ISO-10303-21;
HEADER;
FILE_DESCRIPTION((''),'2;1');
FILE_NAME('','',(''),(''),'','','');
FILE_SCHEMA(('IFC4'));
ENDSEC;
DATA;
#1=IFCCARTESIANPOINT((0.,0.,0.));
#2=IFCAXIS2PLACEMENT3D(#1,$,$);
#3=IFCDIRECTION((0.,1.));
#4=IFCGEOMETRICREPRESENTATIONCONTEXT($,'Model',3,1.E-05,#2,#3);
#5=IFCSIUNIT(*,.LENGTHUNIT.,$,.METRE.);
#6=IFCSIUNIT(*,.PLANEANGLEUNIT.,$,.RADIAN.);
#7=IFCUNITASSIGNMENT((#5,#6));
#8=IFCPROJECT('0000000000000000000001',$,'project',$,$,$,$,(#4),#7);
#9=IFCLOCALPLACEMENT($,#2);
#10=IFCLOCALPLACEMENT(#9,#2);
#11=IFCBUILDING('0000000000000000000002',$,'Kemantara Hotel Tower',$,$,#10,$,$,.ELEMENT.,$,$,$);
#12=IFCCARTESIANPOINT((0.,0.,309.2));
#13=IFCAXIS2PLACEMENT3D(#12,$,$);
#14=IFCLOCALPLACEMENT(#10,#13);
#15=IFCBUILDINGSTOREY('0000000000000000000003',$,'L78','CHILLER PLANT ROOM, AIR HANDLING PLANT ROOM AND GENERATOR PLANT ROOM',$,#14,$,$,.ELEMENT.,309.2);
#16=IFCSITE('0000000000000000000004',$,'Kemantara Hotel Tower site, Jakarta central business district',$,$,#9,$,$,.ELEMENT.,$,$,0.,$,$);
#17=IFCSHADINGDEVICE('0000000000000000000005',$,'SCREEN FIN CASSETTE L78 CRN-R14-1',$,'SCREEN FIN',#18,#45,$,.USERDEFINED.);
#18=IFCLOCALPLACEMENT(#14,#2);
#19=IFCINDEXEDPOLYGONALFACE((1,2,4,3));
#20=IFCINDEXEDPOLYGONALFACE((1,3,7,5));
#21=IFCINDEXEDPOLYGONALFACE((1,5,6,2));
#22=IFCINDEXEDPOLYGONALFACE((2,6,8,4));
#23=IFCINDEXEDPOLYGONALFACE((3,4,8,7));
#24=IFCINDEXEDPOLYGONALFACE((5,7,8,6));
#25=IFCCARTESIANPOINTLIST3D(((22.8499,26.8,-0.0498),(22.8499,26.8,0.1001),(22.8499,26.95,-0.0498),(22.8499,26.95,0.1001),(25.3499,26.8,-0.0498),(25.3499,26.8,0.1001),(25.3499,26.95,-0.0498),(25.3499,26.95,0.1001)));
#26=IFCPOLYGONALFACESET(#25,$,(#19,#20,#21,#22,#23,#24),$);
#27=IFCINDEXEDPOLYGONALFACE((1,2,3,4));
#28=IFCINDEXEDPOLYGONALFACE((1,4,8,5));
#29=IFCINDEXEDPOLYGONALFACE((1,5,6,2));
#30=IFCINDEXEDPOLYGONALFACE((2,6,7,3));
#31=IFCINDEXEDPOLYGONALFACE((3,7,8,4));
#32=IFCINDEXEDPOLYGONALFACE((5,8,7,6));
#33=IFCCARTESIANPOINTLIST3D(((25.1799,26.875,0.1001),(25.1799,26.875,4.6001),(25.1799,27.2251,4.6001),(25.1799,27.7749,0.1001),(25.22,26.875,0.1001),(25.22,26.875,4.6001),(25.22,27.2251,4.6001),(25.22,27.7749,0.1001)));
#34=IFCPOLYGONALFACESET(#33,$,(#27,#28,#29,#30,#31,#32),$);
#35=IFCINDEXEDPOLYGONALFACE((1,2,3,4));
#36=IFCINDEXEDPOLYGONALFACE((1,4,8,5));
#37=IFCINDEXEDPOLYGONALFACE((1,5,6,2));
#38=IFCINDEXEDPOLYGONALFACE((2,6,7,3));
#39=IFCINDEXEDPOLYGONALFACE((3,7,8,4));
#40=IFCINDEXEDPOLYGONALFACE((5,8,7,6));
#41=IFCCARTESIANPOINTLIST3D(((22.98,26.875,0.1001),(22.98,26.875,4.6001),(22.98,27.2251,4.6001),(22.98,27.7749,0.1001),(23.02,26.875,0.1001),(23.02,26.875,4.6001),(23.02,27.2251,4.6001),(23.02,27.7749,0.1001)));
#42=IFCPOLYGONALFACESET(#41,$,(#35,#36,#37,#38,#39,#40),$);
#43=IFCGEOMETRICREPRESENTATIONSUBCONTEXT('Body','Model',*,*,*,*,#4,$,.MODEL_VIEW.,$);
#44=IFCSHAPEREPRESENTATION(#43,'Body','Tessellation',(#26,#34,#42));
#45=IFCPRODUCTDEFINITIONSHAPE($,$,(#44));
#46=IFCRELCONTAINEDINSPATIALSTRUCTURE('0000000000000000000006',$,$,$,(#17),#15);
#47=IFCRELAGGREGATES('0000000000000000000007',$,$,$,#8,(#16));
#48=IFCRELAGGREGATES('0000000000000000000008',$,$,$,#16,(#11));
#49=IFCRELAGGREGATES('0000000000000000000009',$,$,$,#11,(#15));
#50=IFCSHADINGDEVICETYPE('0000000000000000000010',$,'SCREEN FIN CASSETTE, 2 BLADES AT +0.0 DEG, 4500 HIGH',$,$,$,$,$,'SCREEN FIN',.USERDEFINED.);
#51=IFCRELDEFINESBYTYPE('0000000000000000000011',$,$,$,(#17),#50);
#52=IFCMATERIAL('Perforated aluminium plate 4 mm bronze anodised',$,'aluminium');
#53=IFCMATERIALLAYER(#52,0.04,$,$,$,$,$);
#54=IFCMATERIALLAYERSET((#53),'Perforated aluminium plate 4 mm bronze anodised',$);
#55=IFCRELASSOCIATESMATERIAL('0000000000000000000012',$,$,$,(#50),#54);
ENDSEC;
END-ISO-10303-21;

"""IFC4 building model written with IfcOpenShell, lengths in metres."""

from ifc_helpers import new_model, si_unit, direction, frame, origin, origin_2d, place, context, subcontext, project, spatial, polyline, rectangle, outline, extrude, source, transform, mapped, material, layer, layer_set, type_object, element, save


model = new_model("IFC4")

# Units and contexts
model_context = context("Model", 3, precision=1e-05, world=origin(), true_north=direction((0.0, 1.0)))
body_context = subcontext(model_context, "Body", "Model", "MODEL_VIEW")
ifc_project = project(units=[si_unit("LENGTHUNIT", "METRE"), si_unit("PLANEANGLEUNIT", "RADIAN")], contexts=[model_context])

# Site, building, storey
site_placement = place(None, origin())
site = spatial("IfcSite", under=ifc_project, at=site_placement, Name="Kemantara Hotel Tower site, Jakarta central business district", CompositionType="ELEMENT", RefElevation=0.0)
building_placement = place(site_placement, origin())
building = spatial("IfcBuilding", under=site, at=building_placement, Name="Kemantara Hotel Tower", CompositionType="ELEMENT")
storey_placement = place(building_placement, frame((0.0, 0.0, 309.2)))
storey = spatial("IfcBuildingStorey", under=building, at=storey_placement, Name="L78", Description="CHILLER PLANT ROOM, AIR HANDLING PLANT ROOM AND GENERATOR PLANT ROOM", CompositionType="ELEMENT", Elevation=309.2)

# Shading device
ifc_material_1 = material(Name="Perforated aluminium plate 4 mm bronze anodised", Category="aluminium")
ifc_layer_1 = layer(ifc_material_1, 0.04)
ifc_layer_set_1 = layer_set([ifc_layer_1], Name="Perforated aluminium plate 4 mm bronze anodised")
shading_device_type_1 = type_object("IfcShadingDeviceType", Name="SCREEN FIN CASSETTE, 2 BLADES AT +0.0 DEG, 4500 HIGH", ElementType="SCREEN FIN", PredefinedType="USERDEFINED", material=ifc_layer_set_1)
shared_shape_1 = source(origin(), body_context, "Body", "SweptSolid", [
    extrude(rectangle(XDim=2.5, YDim=0.1499, at=origin_2d()), frame((1.1001, -0.075, -0.1499), z_axis=(0.0, 0.0, 1.0), x_axis=(1.0, 0.0, 0.0)), (0.0, 0.0, 1.0), 0.1499),
    extrude(outline(polyline([(0.0, 0.0), (0.8999, 0.0), (0.3501, 4.5), (0.0, 4.5), (0.0, 0.0)])), frame((0.02, -0.075, 0.0), z_axis=(-1.0, 0.0, 0.0), x_axis=(0.0, -1.0, 0.0)), (0.0, 0.0, 1.0), 0.04),
    extrude(outline(polyline([(0.0, 0.0), (0.8999, 0.0), (0.3501, 4.5), (0.0, 4.5), (0.0, 0.0)])), frame((2.22, -0.075, 0.0), z_axis=(-1.0, 0.0, 0.0), x_axis=(0.0, -1.0, 0.0)), (0.0, 0.0, 1.0), 0.04),
])
shading_device_1_placement = place(storey_placement, frame((25.2, 26.8, 0.1001), z_axis=(0.0, 0.0, 1.0), x_axis=(-1.0, 0.0, 0.0)))
element("IfcShadingDevice", 1, at=shading_device_1_placement, inside=storey, type_object=shading_device_type_1, Name="SCREEN FIN CASSETTE L78 CRN-R14-1", ObjectType="SCREEN FIN", PredefinedType="USERDEFINED", context=body_context, shape_type="MappedRepresentation", body=[
    mapped(shared_shape_1, transform((0.0, 0.0, 0.0))),
])

save(model, "model.ifc")
